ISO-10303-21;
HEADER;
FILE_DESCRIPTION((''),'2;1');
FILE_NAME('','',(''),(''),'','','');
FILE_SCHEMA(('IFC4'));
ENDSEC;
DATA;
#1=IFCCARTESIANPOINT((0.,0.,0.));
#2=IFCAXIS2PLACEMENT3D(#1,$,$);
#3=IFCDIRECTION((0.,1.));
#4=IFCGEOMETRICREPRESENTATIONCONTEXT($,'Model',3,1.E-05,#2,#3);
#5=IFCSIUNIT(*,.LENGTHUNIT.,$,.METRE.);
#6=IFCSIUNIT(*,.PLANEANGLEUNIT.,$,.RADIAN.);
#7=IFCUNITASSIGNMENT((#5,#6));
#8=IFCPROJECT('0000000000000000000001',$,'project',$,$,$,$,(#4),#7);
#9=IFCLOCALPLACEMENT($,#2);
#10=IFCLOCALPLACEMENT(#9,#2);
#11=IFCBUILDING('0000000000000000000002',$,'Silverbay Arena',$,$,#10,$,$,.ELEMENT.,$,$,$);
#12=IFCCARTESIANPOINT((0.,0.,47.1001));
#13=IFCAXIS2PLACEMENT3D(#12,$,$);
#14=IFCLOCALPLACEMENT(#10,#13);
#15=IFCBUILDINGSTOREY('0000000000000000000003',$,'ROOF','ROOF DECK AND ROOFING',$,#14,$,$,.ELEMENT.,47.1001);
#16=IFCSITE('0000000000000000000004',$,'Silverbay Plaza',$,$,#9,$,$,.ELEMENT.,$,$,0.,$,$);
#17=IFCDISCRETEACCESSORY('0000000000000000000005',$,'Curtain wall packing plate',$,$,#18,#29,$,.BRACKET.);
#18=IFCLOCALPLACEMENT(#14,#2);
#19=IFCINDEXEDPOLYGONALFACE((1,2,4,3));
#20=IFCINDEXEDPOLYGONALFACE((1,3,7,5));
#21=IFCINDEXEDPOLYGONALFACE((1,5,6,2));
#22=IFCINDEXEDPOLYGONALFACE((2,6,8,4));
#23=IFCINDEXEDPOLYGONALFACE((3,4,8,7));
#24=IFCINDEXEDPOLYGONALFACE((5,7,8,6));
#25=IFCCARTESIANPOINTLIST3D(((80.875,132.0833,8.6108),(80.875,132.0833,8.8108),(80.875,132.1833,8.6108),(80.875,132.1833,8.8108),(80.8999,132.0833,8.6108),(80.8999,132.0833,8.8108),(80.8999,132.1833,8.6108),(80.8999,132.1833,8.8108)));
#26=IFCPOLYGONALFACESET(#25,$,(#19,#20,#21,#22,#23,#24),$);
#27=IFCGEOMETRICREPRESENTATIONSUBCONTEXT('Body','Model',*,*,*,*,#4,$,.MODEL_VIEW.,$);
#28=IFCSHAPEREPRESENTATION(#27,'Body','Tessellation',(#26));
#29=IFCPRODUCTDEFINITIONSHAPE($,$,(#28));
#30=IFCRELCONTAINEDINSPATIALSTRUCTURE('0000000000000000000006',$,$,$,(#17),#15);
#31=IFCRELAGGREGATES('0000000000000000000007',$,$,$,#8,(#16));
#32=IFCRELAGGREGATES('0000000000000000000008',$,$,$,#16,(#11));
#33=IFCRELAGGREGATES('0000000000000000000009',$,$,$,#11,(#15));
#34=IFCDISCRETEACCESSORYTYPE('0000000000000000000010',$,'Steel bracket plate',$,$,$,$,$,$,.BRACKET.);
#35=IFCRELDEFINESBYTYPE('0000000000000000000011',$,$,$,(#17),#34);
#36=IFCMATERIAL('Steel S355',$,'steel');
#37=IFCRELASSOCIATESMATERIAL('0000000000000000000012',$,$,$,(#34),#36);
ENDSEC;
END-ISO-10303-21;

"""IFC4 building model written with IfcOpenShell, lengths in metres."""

from ifc_helpers import new_model, si_unit, direction, frame, origin, origin_2d, place, context, subcontext, project, spatial, rectangle, extrude, material, type_object, element, save


model = new_model("IFC4")

# Units and contexts
model_context = context("Model", 3, precision=1e-05, world=origin(), true_north=direction((0.0, 1.0)))
body_context = subcontext(model_context, "Body", "Model", "MODEL_VIEW")
ifc_project = project(units=[si_unit("LENGTHUNIT", "METRE"), si_unit("PLANEANGLEUNIT", "RADIAN")], contexts=[model_context])

# Site, building, storey
site_placement = place(None, origin())
site = spatial("IfcSite", under=ifc_project, at=site_placement, Name="Silverbay Plaza", CompositionType="ELEMENT", RefElevation=0.0)
building_placement = place(site_placement, origin())
building = spatial("IfcBuilding", under=site, at=building_placement, Name="Silverbay Arena", CompositionType="ELEMENT")
storey_placement = place(building_placement, frame((0.0, 0.0, 47.1001)))
storey = spatial("IfcBuildingStorey", under=building, at=storey_placement, Name="ROOF", Description="ROOF DECK AND ROOFING", CompositionType="ELEMENT", Elevation=47.1001)

# Discrete accessory
ifc_material_1 = material(Name="Steel S355", Category="steel")
discrete_accessory_type_1 = type_object("IfcDiscreteAccessoryType", Name="Steel bracket plate", PredefinedType="BRACKET", material=ifc_material_1)
for number, where, z_axis, x_axis, name in (
    (1, (80.8875, 132.1333, 8.6108), (0.0, 0.0, 1.0), (1.0, 0.0, 0.0), "Curtain wall packing plate"),
):
    element("IfcDiscreteAccessory", number, at=place(storey_placement, frame(where, z_axis=z_axis, x_axis=x_axis)), inside=storey, type_object=discrete_accessory_type_1, Name=name, PredefinedType="BRACKET", context=body_context, shape_type="SweptSolid", body=[
        extrude(rectangle(XDim=0.0249, YDim=0.1001, at=origin_2d()), origin(), (0.0, 0.0, 1.0), 0.2),
    ])

save(model, "model.ifc")
